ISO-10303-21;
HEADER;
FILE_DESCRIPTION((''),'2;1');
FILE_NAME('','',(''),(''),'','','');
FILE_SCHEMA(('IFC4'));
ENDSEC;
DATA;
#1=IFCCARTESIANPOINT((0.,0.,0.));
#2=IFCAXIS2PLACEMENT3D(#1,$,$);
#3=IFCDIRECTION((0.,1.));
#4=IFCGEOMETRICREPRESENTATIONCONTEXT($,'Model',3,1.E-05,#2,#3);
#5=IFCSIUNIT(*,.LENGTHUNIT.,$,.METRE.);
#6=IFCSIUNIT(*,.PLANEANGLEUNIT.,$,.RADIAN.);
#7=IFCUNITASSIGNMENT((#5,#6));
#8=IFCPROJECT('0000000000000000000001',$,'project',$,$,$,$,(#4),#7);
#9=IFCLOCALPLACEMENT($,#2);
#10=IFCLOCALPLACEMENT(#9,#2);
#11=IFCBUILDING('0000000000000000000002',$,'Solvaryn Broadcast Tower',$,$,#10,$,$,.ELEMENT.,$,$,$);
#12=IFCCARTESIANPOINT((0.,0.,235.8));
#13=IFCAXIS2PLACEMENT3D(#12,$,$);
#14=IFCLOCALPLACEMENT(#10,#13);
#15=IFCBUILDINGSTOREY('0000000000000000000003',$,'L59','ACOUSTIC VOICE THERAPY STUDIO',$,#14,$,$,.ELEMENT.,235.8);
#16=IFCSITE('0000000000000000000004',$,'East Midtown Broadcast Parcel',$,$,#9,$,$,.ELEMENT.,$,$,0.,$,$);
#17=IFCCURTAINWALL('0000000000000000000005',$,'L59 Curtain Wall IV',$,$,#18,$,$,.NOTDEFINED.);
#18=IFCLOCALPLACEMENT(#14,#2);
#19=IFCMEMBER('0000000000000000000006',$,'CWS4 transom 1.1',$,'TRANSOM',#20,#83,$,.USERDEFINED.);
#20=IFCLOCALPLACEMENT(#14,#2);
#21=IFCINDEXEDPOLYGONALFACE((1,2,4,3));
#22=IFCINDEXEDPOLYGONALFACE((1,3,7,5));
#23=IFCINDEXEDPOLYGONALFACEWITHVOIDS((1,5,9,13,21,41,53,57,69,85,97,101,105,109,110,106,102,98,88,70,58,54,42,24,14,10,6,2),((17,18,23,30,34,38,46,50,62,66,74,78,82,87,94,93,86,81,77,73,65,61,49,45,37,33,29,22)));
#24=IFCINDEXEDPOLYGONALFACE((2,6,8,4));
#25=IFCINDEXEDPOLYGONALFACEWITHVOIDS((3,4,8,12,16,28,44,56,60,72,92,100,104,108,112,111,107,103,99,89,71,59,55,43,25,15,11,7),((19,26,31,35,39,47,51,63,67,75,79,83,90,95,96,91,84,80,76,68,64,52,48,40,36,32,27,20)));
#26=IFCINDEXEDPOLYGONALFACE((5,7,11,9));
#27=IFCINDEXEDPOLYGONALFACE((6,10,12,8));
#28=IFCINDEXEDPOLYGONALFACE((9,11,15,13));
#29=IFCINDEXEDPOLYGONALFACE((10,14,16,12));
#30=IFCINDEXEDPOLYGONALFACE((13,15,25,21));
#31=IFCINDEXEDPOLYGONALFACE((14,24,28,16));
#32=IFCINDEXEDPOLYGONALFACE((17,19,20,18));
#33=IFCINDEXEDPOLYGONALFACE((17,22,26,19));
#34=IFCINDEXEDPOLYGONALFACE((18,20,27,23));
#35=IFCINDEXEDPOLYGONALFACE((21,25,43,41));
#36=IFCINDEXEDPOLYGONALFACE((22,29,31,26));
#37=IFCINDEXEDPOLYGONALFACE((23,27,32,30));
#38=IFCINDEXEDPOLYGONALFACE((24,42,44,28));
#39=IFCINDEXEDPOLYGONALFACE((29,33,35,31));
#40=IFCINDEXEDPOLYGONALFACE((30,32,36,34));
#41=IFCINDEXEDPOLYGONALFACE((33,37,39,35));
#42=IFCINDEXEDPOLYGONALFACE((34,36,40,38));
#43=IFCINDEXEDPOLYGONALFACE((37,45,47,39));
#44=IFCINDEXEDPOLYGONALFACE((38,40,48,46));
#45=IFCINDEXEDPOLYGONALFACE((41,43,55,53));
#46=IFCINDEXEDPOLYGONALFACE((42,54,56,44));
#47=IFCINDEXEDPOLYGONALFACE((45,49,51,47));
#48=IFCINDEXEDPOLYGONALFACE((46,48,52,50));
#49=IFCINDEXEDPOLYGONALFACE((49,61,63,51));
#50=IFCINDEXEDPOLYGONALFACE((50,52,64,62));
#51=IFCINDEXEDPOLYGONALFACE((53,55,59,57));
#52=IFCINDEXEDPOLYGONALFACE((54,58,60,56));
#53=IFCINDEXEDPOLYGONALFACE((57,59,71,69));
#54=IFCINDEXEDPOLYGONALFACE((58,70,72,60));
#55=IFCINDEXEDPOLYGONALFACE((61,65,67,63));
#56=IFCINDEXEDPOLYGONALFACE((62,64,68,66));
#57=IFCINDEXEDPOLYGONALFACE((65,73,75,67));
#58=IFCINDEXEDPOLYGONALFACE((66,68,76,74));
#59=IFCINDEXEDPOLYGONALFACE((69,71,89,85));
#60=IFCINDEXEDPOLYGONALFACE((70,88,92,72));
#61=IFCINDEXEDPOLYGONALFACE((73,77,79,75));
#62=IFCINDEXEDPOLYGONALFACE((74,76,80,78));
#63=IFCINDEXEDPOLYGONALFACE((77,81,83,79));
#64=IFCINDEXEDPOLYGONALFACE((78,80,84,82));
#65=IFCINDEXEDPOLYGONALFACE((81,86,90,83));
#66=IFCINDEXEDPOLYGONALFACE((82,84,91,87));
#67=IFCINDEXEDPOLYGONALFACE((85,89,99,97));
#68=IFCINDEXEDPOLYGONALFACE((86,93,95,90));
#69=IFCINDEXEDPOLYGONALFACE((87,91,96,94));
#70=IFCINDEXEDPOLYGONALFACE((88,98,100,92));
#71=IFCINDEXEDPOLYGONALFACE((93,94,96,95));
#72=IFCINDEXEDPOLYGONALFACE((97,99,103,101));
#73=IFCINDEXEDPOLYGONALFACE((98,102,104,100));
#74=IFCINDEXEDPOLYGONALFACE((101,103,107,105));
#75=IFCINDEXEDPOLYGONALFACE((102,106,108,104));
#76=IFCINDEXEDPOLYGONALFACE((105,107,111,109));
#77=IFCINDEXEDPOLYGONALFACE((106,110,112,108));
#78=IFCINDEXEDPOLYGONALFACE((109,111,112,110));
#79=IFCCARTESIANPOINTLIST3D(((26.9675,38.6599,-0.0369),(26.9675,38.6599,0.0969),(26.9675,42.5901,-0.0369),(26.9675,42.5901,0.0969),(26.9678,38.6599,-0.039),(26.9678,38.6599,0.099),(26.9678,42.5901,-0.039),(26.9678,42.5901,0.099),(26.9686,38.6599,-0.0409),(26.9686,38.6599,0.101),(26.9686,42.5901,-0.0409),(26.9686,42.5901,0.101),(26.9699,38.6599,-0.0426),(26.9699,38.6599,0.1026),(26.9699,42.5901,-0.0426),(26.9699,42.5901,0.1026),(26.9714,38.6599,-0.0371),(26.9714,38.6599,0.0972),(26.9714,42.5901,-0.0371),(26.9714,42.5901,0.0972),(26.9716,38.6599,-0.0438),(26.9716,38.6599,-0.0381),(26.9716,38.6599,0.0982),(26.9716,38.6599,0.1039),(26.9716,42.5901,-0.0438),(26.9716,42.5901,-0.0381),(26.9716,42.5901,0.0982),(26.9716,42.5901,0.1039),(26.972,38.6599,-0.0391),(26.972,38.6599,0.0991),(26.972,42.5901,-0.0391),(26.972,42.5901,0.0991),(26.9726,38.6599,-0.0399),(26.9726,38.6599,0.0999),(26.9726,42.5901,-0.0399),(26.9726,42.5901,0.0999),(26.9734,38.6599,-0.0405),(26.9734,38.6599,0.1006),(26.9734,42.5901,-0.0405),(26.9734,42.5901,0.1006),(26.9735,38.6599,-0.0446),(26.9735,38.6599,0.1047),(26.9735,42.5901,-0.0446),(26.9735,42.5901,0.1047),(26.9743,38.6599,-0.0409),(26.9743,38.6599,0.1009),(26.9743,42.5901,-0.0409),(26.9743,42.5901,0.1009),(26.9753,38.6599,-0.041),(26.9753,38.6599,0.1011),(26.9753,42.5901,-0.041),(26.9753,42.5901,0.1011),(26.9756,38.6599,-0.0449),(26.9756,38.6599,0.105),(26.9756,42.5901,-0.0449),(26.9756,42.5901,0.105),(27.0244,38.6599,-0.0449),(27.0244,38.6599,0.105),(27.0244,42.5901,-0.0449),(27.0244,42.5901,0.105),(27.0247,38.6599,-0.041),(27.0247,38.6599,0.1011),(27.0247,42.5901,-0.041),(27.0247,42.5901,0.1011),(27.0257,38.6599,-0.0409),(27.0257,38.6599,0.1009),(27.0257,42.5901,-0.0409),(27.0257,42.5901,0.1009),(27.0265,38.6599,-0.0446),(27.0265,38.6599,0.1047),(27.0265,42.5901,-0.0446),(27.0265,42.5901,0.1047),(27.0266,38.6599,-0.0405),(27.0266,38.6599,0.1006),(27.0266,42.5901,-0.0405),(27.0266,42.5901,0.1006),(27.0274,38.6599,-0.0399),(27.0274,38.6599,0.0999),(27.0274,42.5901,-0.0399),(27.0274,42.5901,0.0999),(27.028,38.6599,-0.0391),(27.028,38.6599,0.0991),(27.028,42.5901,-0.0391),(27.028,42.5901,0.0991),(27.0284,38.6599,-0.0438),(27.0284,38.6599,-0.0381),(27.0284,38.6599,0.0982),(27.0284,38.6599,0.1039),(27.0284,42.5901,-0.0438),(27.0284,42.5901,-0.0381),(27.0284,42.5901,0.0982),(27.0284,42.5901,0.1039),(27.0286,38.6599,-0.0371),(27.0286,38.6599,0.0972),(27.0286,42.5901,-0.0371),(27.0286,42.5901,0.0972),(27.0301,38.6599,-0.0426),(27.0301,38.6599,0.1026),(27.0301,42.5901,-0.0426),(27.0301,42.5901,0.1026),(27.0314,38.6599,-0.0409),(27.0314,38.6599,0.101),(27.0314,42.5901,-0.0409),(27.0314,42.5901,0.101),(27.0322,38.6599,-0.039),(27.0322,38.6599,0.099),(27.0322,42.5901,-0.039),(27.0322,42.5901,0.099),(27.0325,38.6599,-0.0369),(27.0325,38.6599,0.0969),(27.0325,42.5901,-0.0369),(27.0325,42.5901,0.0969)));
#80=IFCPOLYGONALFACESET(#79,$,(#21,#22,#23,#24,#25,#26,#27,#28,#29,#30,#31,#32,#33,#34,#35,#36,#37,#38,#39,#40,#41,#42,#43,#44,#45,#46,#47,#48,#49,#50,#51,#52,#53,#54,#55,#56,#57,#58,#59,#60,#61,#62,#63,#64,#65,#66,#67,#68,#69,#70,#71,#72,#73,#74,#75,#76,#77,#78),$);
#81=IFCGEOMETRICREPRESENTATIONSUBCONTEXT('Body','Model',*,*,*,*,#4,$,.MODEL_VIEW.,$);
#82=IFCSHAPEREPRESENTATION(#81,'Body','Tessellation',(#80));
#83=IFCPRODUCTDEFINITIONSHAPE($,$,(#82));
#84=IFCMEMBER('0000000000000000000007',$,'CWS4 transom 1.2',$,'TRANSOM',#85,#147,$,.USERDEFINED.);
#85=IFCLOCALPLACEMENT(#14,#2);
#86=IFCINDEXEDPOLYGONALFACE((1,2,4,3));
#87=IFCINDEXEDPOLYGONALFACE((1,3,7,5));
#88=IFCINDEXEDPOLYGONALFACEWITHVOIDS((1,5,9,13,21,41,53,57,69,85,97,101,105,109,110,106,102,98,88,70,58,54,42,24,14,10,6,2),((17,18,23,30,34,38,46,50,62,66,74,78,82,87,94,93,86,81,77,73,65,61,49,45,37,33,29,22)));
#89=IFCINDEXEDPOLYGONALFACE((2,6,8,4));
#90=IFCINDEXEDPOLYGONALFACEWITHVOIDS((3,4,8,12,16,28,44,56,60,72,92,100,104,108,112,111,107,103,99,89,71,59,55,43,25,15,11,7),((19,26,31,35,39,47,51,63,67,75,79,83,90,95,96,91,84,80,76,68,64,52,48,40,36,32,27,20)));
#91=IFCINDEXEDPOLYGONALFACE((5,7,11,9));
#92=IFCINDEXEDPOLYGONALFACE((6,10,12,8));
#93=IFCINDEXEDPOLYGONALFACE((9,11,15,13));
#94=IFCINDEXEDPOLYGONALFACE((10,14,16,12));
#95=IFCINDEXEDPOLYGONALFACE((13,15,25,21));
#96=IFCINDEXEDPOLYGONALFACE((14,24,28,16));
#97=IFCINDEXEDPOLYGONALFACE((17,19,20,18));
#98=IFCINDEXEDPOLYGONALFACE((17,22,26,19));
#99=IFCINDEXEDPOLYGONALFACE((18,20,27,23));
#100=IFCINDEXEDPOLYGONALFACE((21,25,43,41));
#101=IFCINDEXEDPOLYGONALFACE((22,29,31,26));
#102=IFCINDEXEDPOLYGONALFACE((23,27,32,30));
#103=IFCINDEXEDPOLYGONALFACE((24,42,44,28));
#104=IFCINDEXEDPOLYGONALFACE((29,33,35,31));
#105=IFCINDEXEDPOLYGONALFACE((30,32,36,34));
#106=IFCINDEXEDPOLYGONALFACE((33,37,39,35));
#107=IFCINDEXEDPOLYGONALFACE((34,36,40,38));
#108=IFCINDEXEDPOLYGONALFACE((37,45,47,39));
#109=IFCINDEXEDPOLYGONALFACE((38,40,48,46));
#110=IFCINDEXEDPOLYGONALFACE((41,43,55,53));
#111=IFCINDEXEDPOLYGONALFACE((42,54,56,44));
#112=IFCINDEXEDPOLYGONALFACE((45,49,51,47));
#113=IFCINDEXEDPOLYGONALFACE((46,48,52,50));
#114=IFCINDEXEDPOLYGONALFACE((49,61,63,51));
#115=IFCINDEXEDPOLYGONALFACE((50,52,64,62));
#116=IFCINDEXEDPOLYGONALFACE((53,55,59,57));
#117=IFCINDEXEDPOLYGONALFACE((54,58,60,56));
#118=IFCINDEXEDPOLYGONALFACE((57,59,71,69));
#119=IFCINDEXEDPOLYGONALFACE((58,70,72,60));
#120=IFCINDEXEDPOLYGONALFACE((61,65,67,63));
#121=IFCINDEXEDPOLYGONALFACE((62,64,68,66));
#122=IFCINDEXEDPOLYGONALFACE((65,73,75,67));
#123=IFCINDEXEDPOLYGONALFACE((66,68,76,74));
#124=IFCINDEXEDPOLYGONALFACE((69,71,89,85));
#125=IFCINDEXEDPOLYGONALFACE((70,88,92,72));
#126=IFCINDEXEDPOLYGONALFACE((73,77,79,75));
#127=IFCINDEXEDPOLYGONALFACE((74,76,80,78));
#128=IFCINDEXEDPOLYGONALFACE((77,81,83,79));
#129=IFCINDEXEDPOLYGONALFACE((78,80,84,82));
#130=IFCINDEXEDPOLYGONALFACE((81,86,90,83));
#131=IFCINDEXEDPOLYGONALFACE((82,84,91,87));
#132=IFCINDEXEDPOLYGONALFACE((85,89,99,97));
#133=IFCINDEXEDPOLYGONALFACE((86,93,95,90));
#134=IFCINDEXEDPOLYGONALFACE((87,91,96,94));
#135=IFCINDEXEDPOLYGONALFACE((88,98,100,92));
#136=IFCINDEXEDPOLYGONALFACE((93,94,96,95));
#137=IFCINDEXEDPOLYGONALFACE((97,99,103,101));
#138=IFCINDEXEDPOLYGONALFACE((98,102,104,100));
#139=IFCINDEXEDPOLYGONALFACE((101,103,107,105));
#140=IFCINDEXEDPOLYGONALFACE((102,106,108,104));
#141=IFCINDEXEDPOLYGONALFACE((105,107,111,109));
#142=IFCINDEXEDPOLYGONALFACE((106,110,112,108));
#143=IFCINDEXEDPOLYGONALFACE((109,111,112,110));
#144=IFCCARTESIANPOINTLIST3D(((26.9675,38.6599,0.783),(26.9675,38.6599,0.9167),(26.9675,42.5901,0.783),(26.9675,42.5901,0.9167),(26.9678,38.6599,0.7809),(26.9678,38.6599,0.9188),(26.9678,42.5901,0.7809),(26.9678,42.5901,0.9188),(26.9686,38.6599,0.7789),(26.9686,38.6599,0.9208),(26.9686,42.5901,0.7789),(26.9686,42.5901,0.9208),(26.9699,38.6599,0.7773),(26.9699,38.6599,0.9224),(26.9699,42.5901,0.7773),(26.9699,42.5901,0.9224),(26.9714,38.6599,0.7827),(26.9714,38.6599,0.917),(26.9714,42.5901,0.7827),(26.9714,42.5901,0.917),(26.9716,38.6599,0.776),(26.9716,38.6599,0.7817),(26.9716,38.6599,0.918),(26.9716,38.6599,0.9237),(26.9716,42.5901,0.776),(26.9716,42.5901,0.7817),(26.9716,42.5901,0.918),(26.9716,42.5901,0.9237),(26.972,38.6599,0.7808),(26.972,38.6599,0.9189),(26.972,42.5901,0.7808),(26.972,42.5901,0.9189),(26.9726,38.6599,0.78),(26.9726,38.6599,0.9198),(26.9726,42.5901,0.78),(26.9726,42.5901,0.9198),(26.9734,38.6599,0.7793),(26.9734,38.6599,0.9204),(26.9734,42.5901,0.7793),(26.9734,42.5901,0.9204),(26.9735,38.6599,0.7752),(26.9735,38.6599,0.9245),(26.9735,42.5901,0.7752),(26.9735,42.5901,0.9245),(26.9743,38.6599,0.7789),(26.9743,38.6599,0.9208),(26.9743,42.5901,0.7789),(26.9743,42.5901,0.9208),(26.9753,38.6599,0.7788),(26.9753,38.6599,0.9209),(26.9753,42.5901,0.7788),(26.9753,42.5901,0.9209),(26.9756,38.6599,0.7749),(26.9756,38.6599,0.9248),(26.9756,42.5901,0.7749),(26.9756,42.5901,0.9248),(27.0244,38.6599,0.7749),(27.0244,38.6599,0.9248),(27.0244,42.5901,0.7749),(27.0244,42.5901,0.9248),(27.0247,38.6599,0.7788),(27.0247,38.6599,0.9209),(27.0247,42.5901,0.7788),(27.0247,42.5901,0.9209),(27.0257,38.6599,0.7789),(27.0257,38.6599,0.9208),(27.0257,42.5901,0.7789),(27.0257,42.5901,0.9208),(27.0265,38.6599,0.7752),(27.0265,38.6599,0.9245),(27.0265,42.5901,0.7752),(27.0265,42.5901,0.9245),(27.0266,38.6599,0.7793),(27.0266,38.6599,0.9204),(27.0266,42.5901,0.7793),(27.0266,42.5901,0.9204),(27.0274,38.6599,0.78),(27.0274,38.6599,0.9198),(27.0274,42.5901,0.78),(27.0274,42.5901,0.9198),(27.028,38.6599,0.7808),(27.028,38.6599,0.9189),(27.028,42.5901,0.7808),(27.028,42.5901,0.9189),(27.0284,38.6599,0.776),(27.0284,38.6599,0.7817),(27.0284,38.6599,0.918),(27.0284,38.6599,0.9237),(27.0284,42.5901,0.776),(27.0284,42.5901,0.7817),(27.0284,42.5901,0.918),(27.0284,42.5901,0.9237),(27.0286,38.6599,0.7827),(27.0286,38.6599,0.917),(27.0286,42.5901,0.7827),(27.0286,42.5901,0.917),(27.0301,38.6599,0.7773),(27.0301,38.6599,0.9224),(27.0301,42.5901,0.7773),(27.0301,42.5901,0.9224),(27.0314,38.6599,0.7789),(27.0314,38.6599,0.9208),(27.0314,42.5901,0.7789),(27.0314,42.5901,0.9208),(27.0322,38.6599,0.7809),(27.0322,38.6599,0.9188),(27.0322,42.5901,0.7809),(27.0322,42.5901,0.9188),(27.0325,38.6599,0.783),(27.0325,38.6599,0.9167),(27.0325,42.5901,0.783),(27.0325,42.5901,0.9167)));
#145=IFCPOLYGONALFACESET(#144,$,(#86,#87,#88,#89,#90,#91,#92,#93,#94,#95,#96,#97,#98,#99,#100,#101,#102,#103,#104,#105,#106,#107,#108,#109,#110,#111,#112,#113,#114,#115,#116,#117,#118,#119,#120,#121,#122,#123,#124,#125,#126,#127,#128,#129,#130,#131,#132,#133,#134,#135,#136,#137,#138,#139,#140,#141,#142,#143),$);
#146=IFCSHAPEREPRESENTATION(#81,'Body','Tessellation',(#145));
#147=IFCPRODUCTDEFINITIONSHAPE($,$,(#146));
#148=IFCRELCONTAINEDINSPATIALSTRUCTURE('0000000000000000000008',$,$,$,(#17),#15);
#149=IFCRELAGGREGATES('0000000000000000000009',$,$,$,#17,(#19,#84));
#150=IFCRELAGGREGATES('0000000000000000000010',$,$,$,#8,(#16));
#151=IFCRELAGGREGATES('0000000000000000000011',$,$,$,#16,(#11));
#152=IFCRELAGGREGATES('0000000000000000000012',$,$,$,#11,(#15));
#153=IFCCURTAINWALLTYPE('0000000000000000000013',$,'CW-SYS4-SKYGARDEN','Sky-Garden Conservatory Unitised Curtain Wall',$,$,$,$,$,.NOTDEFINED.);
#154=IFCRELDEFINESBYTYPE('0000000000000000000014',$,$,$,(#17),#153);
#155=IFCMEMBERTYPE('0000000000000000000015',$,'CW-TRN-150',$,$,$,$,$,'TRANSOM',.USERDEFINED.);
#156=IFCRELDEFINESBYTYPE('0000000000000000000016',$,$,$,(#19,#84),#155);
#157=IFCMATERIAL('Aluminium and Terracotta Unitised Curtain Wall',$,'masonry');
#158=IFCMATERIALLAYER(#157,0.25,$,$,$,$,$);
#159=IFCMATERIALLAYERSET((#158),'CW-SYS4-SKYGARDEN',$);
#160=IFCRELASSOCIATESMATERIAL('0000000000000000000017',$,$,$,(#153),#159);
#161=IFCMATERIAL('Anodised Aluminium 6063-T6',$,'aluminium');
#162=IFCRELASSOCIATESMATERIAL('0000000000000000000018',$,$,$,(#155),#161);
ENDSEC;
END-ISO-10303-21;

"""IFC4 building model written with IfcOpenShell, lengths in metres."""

from ifc_helpers import new_model, si_unit, direction, frame, origin, origin_2d, place, context, subcontext, project, spatial, hollow_rectangle, extrude, material, layer, layer_set, material_profile, profile_set, type_object, element, aggregate, save


model = new_model("IFC4")

# Units and contexts
model_context = context("Model", 3, precision=1e-05, world=origin(), true_north=direction((0.0, 1.0)))
body_context = subcontext(model_context, "Body", "Model", "MODEL_VIEW")
ifc_project = project(units=[si_unit("LENGTHUNIT", "METRE"), si_unit("PLANEANGLEUNIT", "RADIAN")], contexts=[model_context])

# Site, building, storey
site_placement = place(None, origin())
site = spatial("IfcSite", under=ifc_project, at=site_placement, Name="East Midtown Broadcast Parcel", CompositionType="ELEMENT", RefElevation=0.0)
building_placement = place(site_placement, origin())
building = spatial("IfcBuilding", under=site, at=building_placement, Name="Solvaryn Broadcast Tower", CompositionType="ELEMENT")
storey_placement = place(building_placement, frame((0.0, 0.0, 235.8)))
storey = spatial("IfcBuildingStorey", under=building, at=storey_placement, Name="L59", Description="ACOUSTIC VOICE THERAPY STUDIO", CompositionType="ELEMENT", Elevation=235.8)

# Curtain wall
ifc_material_1 = material(Name="Aluminium and Terracotta Unitised Curtain Wall", Category="masonry")
ifc_layer_1 = layer(ifc_material_1, 0.25)
ifc_layer_set_1 = layer_set([ifc_layer_1], Name="CW-SYS4-SKYGARDEN")
curtain_wall_type = type_object("IfcCurtainWallType", Name="CW-SYS4-SKYGARDEN", Description="Sky-Garden Conservatory Unitised Curtain Wall", PredefinedType="NOTDEFINED", material=ifc_layer_set_1)
curtain_wall_1_placement = place(storey_placement, origin())
curtain_wall_1 = element("IfcCurtainWall", 1, at=curtain_wall_1_placement, inside=storey, type_object=curtain_wall_type, Name="L59 Curtain Wall IV", PredefinedType="NOTDEFINED")

# Members
ifc_material_2 = material(Name="Anodised Aluminium 6063-T6", Category="aluminium")
ifc_material_profile_1 = material_profile(ifc_material_2, hollow_rectangle(XDim=0.0649, YDim=0.1499, WallThickness=0.0039, InnerFilletRadius=0.0039, OuterFilletRadius=0.0081, at=origin_2d()))
ifc_profile_set_1 = profile_set([ifc_material_profile_1], Name="Anodised Aluminium 6063-T6")
member_type_1 = type_object("IfcMemberType", Name="CW-TRN-150", ElementType="TRANSOM", PredefinedType="USERDEFINED", material=ifc_profile_set_1)
member_1_placement = place(storey_placement, frame((27.0, 42.5901, 0.03), z_axis=(0.0, -1.0, 0.0), x_axis=(1.0, 0.0, 0.0)))
member_1 = element("IfcMember", 2, at=member_1_placement, type_object=member_type_1, Name="CWS4 transom 1.1", ObjectType="TRANSOM", PredefinedType="USERDEFINED", context=body_context, shape_type="SweptSolid", body=[
    extrude(hollow_rectangle(XDim=0.0649, YDim=0.1499, WallThickness=0.0039, InnerFilletRadius=0.0039, OuterFilletRadius=0.0081, at=origin_2d()), origin(), (0.0, 0.0, 1.0), 3.9302),
])
member_2_placement = place(storey_placement, frame((27.0, 42.5901, 0.8499), z_axis=(0.0, -1.0, 0.0), x_axis=(1.0, 0.0, 0.0)))
member_2 = element("IfcMember", 3, at=member_2_placement, type_object=member_type_1, Name="CWS4 transom 1.2", ObjectType="TRANSOM", PredefinedType="USERDEFINED", context=body_context, shape_type="SweptSolid", body=[
    extrude(hollow_rectangle(XDim=0.0649, YDim=0.1499, WallThickness=0.0039, InnerFilletRadius=0.0039, OuterFilletRadius=0.0081, at=origin_2d()), origin(), (0.0, 0.0, 1.0), 3.9302),
])

aggregate(curtain_wall_1, [member_1, member_2])

save(model, "model.ifc")
